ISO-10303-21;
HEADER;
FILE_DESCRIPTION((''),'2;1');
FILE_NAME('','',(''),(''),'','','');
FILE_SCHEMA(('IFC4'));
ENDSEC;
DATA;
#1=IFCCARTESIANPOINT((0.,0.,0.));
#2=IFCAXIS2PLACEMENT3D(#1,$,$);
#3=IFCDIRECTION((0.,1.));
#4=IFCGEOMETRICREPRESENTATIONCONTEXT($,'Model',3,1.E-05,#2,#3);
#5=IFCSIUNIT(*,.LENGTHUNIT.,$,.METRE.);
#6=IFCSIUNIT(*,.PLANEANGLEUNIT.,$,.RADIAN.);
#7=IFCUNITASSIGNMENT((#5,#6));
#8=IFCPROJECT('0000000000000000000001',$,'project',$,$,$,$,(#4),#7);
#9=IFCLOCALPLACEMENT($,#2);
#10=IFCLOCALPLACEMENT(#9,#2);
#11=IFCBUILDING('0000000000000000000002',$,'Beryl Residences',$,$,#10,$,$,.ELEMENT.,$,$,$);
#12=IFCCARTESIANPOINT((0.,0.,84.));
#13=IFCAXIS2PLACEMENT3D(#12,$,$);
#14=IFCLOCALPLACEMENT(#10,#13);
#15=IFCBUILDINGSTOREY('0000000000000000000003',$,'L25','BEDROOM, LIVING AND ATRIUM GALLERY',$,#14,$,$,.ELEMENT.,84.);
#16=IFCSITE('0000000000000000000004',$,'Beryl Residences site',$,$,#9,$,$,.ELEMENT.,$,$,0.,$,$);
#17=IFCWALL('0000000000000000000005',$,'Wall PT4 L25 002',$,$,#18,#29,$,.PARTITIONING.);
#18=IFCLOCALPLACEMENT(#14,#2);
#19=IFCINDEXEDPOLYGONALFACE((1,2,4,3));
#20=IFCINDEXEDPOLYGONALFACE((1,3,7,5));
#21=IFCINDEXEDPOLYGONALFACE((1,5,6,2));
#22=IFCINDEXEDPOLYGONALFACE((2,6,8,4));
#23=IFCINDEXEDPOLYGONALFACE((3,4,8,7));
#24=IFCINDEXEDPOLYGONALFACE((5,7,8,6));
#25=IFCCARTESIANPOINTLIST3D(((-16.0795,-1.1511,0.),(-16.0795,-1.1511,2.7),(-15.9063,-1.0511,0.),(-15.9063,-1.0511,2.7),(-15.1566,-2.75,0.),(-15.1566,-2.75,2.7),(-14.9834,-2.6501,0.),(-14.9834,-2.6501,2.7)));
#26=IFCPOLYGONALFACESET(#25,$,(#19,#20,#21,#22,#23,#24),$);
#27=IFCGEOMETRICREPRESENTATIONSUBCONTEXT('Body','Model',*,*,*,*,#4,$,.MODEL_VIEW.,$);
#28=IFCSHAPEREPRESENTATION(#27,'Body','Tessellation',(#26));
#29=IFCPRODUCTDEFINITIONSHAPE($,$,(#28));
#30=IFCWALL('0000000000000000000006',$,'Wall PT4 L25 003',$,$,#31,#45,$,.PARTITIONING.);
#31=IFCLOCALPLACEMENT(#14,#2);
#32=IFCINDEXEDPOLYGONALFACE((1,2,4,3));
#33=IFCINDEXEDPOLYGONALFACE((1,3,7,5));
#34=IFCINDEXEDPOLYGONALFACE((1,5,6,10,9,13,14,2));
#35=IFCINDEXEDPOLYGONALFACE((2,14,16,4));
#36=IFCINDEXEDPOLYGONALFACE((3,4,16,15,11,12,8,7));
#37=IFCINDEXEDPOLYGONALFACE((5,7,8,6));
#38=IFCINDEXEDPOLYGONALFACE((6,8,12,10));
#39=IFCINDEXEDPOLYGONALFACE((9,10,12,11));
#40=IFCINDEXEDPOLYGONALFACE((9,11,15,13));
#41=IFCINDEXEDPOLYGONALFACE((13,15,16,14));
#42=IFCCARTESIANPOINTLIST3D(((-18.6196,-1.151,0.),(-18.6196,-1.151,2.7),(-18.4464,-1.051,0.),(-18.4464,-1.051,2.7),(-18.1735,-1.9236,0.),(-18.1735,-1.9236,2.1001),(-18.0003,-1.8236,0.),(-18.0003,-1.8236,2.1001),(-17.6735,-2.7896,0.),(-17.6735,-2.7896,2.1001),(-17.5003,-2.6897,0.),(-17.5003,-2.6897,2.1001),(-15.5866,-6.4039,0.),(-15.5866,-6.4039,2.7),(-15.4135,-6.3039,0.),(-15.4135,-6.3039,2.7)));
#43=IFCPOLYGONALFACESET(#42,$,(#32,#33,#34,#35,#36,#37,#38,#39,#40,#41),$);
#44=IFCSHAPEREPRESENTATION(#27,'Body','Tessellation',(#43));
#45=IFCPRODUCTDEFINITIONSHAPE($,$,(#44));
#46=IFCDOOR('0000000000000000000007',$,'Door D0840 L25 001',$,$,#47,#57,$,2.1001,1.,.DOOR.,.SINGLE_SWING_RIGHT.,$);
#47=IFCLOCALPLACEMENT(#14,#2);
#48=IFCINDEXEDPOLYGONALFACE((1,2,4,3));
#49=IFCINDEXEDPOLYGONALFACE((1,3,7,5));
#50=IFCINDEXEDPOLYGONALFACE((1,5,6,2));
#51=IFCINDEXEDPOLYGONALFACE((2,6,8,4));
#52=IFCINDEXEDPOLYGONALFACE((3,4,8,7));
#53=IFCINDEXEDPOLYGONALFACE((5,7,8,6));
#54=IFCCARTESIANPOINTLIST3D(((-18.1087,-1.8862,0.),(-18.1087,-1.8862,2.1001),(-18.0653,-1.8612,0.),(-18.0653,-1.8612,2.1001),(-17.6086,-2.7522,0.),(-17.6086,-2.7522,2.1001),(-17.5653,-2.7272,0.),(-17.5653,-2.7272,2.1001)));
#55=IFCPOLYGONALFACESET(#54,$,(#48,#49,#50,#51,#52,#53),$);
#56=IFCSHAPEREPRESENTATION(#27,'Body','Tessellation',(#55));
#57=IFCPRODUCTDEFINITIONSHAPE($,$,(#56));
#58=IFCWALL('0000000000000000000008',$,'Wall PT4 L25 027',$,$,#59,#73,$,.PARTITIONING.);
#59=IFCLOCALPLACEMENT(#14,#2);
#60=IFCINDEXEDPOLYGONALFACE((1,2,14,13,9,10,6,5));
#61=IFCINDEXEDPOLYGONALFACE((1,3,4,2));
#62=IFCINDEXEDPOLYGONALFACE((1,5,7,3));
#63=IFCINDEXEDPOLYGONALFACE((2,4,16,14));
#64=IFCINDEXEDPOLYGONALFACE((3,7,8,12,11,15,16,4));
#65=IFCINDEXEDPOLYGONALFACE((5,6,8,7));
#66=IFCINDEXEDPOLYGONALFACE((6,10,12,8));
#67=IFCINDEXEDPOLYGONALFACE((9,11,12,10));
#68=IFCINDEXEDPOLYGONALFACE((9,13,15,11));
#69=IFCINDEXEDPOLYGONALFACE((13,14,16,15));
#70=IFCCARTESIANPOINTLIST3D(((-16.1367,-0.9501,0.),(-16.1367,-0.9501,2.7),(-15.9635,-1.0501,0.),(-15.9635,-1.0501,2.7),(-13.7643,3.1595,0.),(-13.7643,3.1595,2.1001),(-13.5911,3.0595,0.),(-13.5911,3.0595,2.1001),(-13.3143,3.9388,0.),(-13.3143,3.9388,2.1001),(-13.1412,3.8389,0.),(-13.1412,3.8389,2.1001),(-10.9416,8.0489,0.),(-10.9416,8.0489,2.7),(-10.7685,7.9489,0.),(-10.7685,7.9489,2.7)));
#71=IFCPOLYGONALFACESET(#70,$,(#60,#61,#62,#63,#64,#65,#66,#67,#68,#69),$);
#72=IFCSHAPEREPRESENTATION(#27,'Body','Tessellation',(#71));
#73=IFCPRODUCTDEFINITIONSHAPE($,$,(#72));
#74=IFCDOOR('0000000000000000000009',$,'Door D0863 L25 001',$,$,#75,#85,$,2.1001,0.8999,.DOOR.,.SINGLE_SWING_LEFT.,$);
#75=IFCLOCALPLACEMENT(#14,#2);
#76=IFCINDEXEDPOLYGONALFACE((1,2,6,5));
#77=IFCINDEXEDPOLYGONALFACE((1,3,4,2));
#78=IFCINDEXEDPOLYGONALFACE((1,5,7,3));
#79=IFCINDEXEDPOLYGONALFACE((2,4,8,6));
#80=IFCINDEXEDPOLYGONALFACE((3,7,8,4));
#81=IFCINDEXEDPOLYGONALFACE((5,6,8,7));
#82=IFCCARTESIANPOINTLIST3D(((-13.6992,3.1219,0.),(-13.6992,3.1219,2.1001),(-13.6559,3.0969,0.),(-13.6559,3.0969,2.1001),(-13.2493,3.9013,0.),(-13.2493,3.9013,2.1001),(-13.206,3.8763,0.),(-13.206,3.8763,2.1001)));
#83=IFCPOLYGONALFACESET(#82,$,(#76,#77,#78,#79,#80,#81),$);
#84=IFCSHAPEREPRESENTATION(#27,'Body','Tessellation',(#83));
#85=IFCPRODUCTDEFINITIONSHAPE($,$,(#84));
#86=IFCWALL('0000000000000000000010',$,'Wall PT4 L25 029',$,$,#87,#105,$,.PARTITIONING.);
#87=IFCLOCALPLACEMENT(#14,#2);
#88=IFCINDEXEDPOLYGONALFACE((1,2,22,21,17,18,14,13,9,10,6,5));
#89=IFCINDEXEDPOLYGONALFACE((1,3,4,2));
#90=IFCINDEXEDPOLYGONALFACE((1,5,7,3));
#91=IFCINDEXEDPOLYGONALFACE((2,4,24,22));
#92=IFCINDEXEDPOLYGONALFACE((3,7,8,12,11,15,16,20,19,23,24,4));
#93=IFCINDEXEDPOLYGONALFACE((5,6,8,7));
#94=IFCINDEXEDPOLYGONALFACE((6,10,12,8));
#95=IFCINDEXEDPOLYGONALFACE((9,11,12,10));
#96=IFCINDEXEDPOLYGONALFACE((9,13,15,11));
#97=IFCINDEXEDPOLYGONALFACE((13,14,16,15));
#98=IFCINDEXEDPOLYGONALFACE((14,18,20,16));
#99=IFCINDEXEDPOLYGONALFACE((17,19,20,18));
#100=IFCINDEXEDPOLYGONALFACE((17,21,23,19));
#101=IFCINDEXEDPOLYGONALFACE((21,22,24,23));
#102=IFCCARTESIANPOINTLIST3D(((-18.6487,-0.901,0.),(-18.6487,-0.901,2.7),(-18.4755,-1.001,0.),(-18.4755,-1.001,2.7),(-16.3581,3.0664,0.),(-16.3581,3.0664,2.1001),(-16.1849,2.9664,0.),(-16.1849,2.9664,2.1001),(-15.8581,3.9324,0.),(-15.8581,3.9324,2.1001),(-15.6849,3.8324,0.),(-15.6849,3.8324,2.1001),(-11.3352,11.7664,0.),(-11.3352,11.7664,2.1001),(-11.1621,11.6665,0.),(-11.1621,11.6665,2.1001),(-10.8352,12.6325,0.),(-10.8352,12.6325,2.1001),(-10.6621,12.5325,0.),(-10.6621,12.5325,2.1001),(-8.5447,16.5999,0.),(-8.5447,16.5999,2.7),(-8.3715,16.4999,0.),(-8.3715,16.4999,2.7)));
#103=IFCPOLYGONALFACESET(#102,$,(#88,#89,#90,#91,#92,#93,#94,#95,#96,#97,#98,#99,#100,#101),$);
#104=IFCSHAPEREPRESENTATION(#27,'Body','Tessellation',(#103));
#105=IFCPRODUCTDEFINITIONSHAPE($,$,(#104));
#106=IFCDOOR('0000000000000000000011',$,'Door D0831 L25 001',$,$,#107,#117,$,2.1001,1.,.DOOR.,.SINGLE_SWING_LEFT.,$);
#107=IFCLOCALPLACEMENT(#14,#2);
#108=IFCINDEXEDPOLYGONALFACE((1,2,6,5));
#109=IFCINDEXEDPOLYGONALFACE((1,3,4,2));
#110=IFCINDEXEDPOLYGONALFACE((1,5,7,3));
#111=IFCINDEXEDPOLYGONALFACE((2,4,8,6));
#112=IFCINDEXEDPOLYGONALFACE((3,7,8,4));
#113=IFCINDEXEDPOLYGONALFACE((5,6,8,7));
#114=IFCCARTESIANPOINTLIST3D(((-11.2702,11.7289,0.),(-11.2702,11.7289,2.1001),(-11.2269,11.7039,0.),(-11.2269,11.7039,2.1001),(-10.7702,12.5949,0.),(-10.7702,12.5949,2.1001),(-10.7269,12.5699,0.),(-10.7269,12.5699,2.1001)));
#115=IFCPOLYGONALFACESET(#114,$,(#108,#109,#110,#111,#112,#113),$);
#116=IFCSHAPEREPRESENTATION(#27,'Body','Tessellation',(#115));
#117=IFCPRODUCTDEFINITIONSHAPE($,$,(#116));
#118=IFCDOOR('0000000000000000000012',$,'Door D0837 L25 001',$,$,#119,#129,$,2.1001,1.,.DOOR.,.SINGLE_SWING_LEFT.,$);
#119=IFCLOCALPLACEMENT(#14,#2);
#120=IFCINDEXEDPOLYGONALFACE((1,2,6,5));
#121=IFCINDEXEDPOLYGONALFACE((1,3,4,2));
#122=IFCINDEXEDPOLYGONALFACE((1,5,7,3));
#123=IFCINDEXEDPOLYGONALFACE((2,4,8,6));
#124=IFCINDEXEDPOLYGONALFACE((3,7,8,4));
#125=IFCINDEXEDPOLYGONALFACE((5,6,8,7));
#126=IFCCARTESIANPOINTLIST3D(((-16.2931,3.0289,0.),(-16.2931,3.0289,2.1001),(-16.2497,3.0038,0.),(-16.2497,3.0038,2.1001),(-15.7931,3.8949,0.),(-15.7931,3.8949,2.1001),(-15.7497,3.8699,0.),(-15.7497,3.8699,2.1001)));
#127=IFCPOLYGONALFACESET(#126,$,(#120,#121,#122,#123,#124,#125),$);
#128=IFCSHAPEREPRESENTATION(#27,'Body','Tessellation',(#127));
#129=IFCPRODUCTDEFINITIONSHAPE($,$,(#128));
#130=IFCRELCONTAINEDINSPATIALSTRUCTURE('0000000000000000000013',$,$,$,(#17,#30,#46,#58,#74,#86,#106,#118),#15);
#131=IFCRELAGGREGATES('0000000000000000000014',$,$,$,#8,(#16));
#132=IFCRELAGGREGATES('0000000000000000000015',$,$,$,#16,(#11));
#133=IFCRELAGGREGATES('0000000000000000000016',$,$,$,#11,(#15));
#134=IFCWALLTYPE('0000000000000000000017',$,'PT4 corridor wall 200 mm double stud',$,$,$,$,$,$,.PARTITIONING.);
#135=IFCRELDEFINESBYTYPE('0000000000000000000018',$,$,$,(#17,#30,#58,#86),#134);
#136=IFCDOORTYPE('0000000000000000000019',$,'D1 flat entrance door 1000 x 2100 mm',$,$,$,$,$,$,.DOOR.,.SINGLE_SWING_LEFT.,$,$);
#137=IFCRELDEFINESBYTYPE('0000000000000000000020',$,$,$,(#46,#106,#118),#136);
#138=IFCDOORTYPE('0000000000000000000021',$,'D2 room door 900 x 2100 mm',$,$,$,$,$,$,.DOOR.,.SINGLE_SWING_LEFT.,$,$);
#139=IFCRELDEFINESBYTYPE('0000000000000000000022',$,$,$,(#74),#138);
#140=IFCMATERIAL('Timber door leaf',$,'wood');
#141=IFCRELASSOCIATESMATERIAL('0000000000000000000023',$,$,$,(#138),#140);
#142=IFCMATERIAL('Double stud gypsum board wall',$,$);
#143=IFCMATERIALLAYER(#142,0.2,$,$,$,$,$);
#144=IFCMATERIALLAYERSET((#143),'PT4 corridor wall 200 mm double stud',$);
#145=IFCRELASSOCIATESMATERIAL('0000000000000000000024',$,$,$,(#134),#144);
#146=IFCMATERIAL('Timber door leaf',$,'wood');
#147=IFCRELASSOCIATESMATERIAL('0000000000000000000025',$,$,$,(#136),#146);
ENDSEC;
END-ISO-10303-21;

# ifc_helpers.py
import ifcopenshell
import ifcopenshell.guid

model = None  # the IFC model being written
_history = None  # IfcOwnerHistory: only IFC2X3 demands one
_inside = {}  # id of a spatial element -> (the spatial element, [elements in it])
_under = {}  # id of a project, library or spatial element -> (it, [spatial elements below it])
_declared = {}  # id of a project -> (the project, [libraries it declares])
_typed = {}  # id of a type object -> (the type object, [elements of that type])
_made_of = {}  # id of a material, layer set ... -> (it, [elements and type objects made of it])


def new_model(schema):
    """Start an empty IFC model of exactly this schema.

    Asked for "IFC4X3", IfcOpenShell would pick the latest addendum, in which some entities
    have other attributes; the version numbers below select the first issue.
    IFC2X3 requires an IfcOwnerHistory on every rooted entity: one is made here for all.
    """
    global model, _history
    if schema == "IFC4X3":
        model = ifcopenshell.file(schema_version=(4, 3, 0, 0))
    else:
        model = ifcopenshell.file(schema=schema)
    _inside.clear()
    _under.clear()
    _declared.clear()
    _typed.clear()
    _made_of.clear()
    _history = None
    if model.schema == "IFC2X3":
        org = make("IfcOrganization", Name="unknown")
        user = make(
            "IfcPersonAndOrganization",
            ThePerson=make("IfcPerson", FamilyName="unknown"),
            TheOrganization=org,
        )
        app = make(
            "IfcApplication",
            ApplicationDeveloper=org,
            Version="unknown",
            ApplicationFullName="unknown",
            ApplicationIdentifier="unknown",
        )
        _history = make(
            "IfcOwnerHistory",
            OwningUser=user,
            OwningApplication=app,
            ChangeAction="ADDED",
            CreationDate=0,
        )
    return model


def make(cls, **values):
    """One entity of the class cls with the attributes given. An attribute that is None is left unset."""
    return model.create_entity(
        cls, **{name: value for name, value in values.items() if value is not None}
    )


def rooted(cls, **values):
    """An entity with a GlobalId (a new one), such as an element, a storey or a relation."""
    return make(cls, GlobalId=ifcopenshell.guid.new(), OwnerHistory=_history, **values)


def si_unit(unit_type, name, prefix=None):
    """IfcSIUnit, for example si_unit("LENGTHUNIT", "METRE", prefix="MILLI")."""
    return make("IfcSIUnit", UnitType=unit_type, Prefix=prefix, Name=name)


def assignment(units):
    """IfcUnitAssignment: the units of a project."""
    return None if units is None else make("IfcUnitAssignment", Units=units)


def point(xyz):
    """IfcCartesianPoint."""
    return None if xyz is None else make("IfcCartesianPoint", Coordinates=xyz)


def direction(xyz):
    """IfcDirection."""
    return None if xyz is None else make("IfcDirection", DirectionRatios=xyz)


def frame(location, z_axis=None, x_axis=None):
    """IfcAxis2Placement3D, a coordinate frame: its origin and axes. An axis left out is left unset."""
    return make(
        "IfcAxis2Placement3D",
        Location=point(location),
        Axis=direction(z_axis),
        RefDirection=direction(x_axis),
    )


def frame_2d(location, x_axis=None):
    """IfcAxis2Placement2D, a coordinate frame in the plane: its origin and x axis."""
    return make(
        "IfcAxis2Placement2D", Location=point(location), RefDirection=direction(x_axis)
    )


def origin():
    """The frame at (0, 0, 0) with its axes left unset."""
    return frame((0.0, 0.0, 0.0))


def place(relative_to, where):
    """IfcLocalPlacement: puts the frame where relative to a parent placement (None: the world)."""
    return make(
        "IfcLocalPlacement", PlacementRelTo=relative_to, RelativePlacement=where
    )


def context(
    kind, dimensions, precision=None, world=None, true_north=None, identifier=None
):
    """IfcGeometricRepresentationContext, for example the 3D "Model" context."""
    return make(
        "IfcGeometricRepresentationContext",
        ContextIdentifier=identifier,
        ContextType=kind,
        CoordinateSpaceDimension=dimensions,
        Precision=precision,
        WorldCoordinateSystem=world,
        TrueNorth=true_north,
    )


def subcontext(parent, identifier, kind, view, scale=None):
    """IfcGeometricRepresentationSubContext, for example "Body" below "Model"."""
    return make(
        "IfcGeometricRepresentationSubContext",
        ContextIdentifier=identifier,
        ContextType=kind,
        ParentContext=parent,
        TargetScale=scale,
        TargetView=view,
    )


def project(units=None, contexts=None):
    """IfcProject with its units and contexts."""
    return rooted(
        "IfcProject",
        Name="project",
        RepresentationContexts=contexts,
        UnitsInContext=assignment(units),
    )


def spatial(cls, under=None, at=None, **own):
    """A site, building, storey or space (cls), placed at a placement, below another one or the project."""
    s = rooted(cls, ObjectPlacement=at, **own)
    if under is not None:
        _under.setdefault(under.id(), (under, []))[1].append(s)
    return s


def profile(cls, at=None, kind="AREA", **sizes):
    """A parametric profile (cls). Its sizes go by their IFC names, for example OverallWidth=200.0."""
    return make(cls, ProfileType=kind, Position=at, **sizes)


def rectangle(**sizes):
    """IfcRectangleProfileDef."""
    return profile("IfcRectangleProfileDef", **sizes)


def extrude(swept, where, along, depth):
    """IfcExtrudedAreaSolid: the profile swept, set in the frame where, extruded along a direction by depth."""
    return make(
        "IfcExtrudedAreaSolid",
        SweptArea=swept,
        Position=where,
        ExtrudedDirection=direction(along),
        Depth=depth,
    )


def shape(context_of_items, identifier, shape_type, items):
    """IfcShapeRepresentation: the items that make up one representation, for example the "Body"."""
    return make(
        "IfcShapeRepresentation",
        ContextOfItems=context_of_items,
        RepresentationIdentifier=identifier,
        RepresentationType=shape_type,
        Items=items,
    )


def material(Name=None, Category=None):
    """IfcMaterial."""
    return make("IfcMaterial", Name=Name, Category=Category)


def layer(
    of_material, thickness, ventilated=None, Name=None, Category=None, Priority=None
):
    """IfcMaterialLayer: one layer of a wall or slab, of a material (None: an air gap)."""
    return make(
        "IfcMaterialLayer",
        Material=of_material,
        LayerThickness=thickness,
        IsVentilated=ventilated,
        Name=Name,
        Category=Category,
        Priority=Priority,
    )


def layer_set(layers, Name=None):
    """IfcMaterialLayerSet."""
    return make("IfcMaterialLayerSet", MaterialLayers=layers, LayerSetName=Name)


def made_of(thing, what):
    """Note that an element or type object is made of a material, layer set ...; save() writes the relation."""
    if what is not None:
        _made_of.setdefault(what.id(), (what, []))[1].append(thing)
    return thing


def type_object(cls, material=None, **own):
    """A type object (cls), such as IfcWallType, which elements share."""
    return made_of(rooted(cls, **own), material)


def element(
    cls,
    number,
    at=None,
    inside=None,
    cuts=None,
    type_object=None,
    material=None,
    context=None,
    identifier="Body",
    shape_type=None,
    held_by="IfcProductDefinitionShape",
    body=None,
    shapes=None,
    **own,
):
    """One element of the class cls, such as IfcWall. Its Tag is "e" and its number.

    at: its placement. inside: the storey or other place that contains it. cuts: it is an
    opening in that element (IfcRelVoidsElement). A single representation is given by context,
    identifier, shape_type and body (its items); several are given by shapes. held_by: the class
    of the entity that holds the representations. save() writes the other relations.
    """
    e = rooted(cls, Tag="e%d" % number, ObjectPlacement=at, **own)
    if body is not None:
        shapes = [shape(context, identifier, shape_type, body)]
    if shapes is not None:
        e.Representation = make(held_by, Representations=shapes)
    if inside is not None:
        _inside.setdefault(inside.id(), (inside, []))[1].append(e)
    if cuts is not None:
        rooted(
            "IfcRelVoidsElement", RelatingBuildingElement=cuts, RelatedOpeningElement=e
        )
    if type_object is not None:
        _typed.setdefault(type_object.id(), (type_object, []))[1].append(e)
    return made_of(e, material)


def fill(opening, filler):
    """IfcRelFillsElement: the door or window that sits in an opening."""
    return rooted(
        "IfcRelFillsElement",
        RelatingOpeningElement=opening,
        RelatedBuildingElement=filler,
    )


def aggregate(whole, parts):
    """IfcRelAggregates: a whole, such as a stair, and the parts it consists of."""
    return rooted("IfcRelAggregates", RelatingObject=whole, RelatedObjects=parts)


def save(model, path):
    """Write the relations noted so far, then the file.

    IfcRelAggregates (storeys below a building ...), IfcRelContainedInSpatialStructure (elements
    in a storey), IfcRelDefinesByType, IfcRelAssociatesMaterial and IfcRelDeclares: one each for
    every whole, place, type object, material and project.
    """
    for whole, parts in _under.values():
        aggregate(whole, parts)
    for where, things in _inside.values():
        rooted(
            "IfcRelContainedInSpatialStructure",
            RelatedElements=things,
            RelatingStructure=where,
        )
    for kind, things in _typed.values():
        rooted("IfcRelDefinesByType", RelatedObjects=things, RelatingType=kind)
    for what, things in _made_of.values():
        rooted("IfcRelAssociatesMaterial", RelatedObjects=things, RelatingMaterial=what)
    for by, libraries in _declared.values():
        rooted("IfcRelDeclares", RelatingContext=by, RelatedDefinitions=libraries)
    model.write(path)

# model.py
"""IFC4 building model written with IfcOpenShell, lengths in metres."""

from ifc_helpers import new_model, si_unit, direction, frame, frame_2d, origin, place, context, subcontext, project, spatial, rectangle, extrude, material, layer, layer_set, type_object, element, fill, save


model = new_model("IFC4")

# Units and contexts
model_context = context("Model", 3, precision=1e-05, world=origin(), true_north=direction((0.0, 1.0)))
body_context = subcontext(model_context, "Body", "Model", "MODEL_VIEW")
ifc_project = project(units=[si_unit("LENGTHUNIT", "METRE"), si_unit("PLANEANGLEUNIT", "RADIAN")], contexts=[model_context])

# Site, building, storey
site_placement = place(None, origin())
site = spatial("IfcSite", under=ifc_project, at=site_placement, Name="Beryl Residences site", CompositionType="ELEMENT", RefElevation=0.0)
building_placement = place(site_placement, origin())
building = spatial("IfcBuilding", under=site, at=building_placement, Name="Beryl Residences", CompositionType="ELEMENT")
storey_placement = place(building_placement, frame((0.0, 0.0, 84.0)))
storey = spatial("IfcBuildingStorey", under=building, at=storey_placement, Name="L25", Description="BEDROOM, LIVING AND ATRIUM GALLERY", CompositionType="ELEMENT", Elevation=84.0)

# Shared definitions
ifc_material_1 = material(Name="Timber door leaf", Category="wood")
door_type_1 = type_object("IfcDoorType", Name="D2 room door 900 x 2100 mm", OperationType="SINGLE_SWING_LEFT", PredefinedType="DOOR", material=ifc_material_1)

# Wall
ifc_material_2 = material(Name="Double stud gypsum board wall")
ifc_layer_1 = layer(ifc_material_2, 0.2)
ifc_layer_set_1 = layer_set([ifc_layer_1], Name="PT4 corridor wall 200 mm double stud")
wall_type_1 = type_object("IfcWallType", Name="PT4 corridor wall 200 mm double stud", PredefinedType="PARTITIONING", material=ifc_layer_set_1)
wall_1_placement = place(storey_placement, frame((-15.9929, -1.1011, 0.0), z_axis=(0.0, 0.0, 1.0), x_axis=(0.499894, -0.866086, 0.0)))
element("IfcWall", 1, at=wall_1_placement, inside=storey, type_object=wall_type_1, Name="Wall PT4 L25 002", PredefinedType="PARTITIONING", context=body_context, shape_type="SweptSolid", body=[
    extrude(rectangle(XDim=1.8462, YDim=0.2, at=frame_2d((0.9231, 0.0))), origin(), (0.0, 0.0, 1.0), 2.7),
])

# Walls, openings, doors
wall_2_placement = place(storey_placement, frame((-18.533, -1.1011, 0.0), z_axis=(0.0, 0.0, 1.0), x_axis=(0.500022, -0.866013, 0.0)))
wall_2 = element("IfcWall", 2, at=wall_2_placement, inside=storey, type_object=wall_type_1, Name="Wall PT4 L25 003", PredefinedType="PARTITIONING", context=body_context, shape_type="SweptSolid", body=[
    extrude(rectangle(XDim=6.0657, YDim=0.2, at=frame_2d((3.0327, 0.0))), origin(), (0.0, 0.0, 1.0), 2.7),
])
opening_1_placement = place(wall_2_placement, frame((0.8921, 0.0, 0.0)))
opening_1 = element("IfcOpeningElement", 3, at=opening_1_placement, cuts=wall_2, PredefinedType="OPENING", context=body_context, shape_type="SweptSolid", body=[
    extrude(rectangle(XDim=1.0, YDim=2.1001, at=frame_2d((0.5, 1.05))), frame((0.0, 0.1099, 0.0), z_axis=(0.0, -1.0, 0.0), x_axis=(1.0, 0.0, 0.0)), (0.0, 0.0, 1.0), 0.22),
])
ifc_material_3 = material(Name="Timber door leaf", Category="wood")
door_type_2 = type_object("IfcDoorType", Name="D1 flat entrance door 1000 x 2100 mm", OperationType="SINGLE_SWING_LEFT", PredefinedType="DOOR", material=ifc_material_3)
door_1_placement = place(opening_1_placement, origin())
door_1 = element("IfcDoor", 4, at=door_1_placement, inside=storey, type_object=door_type_2, Name="Door D0840 L25 001", OperationType="SINGLE_SWING_RIGHT", OverallHeight=2.1001, OverallWidth=1.0, PredefinedType="DOOR", context=body_context, shape_type="SweptSolid", body=[
    extrude(rectangle(XDim=1.0, YDim=2.1001, at=frame_2d((0.5, 1.05))), frame((0.0, 0.0249, 0.0), z_axis=(0.0, -1.0, 0.0), x_axis=(1.0, 0.0, 0.0)), (0.0, 0.0, 1.0), 0.05),
])
fill(opening_1, door_1)
wall_3_placement = place(storey_placement, frame((-16.05, -1.0, 0.0), z_axis=(0.0, 0.0, 1.0), x_axis=(0.499962, 0.866047, 0.0)))
wall_3 = element("IfcWall", 5, at=wall_3_placement, inside=storey, type_object=wall_type_1, Name="Wall PT4 L25 027", PredefinedType="PARTITIONING", context=body_context, shape_type="SweptSolid", body=[
    extrude(rectangle(XDim=10.3909, YDim=0.2, at=frame_2d((5.1953, 0.0))), origin(), (0.0, 0.0, 1.0), 2.7),
])
opening_2_placement = place(wall_3_placement, frame((4.7451, 0.0, 0.0)))
opening_2 = element("IfcOpeningElement", 6, at=opening_2_placement, cuts=wall_3, PredefinedType="OPENING", context=body_context, shape_type="SweptSolid", body=[
    extrude(rectangle(XDim=0.8999, YDim=2.1001, at=frame_2d((0.45, 1.05))), frame((0.0, 0.1099, 0.0), z_axis=(0.0, -1.0, 0.0), x_axis=(1.0, 0.0, 0.0)), (0.0, 0.0, 1.0), 0.22),
])
door_2_placement = place(opening_2_placement, origin())
door_2 = element("IfcDoor", 7, at=door_2_placement, inside=storey, type_object=door_type_1, Name="Door D0863 L25 001", OperationType="SINGLE_SWING_LEFT", OverallHeight=2.1001, OverallWidth=0.8999, PredefinedType="DOOR", context=body_context, shape_type="SweptSolid", body=[
    extrude(rectangle(XDim=0.8999, YDim=2.1001, at=frame_2d((0.45, 1.05))), frame((0.0, 0.0249, 0.0), z_axis=(0.0, -1.0, 0.0), x_axis=(1.0, 0.0, 0.0)), (0.0, 0.0, 1.0), 0.05),
])
fill(opening_2, door_2)

# Wall, openings, doors
wall_4_placement = place(storey_placement, frame((-18.562, -0.9509, 0.0), z_axis=(0.0, 0.0, 1.0), x_axis=(0.499993, 0.866029, 0.0)))
wall_4 = element("IfcWall", 8, at=wall_4_placement, inside=storey, type_object=wall_type_1, Name="Wall PT4 L25 029", PredefinedType="PARTITIONING", context=body_context, shape_type="SweptSolid", body=[
    extrude(rectangle(XDim=20.2083, YDim=0.2, at=frame_2d((10.104, 0.0))), origin(), (0.0, 0.0, 1.0), 2.7),
])
opening_3_placement = place(wall_4_placement, frame((14.627, 0.0, 0.0)))
opening_3 = element("IfcOpeningElement", 9, at=opening_3_placement, cuts=wall_4, PredefinedType="OPENING", context=body_context, shape_type="SweptSolid", body=[
    extrude(rectangle(XDim=1.0, YDim=2.1001, at=frame_2d((0.5, 1.05))), frame((0.0, 0.1099, 0.0), z_axis=(0.0, -1.0, 0.0), x_axis=(1.0, 0.0, 0.0)), (0.0, 0.0, 1.0), 0.22),
])
opening_4_placement = place(wall_4_placement, frame((4.5811, 0.0, 0.0)))
opening_4 = element("IfcOpeningElement", 10, at=opening_4_placement, cuts=wall_4, PredefinedType="OPENING", context=body_context, shape_type="SweptSolid", body=[
    extrude(rectangle(XDim=1.0, YDim=2.1001, at=frame_2d((0.5, 1.05))), frame((0.0, 0.1099, 0.0), z_axis=(0.0, -1.0, 0.0), x_axis=(1.0, 0.0, 0.0)), (0.0, 0.0, 1.0), 0.22),
])
door_3_placement = place(opening_3_placement, origin())
door_3 = element("IfcDoor", 11, at=door_3_placement, inside=storey, type_object=door_type_2, Name="Door D0831 L25 001", OperationType="SINGLE_SWING_LEFT", OverallHeight=2.1001, OverallWidth=1.0, PredefinedType="DOOR", context=body_context, shape_type="SweptSolid", body=[
    extrude(rectangle(XDim=1.0, YDim=2.1001, at=frame_2d((0.5, 1.05))), frame((0.0, 0.0249, 0.0), z_axis=(0.0, -1.0, 0.0), x_axis=(1.0, 0.0, 0.0)), (0.0, 0.0, 1.0), 0.05),
])
fill(opening_3, door_3)
door_4_placement = place(opening_4_placement, origin())
door_4 = element("IfcDoor", 12, at=door_4_placement, inside=storey, type_object=door_type_2, Name="Door D0837 L25 001", OperationType="SINGLE_SWING_LEFT", OverallHeight=2.1001, OverallWidth=1.0, PredefinedType="DOOR", context=body_context, shape_type="SweptSolid", body=[
    extrude(rectangle(XDim=1.0, YDim=2.1001, at=frame_2d((0.5, 1.05))), frame((0.0, 0.0249, 0.0), z_axis=(0.0, -1.0, 0.0), x_axis=(1.0, 0.0, 0.0)), (0.0, 0.0, 1.0), 0.05),
])
fill(opening_4, door_4)

save(model, "model.ifc")
